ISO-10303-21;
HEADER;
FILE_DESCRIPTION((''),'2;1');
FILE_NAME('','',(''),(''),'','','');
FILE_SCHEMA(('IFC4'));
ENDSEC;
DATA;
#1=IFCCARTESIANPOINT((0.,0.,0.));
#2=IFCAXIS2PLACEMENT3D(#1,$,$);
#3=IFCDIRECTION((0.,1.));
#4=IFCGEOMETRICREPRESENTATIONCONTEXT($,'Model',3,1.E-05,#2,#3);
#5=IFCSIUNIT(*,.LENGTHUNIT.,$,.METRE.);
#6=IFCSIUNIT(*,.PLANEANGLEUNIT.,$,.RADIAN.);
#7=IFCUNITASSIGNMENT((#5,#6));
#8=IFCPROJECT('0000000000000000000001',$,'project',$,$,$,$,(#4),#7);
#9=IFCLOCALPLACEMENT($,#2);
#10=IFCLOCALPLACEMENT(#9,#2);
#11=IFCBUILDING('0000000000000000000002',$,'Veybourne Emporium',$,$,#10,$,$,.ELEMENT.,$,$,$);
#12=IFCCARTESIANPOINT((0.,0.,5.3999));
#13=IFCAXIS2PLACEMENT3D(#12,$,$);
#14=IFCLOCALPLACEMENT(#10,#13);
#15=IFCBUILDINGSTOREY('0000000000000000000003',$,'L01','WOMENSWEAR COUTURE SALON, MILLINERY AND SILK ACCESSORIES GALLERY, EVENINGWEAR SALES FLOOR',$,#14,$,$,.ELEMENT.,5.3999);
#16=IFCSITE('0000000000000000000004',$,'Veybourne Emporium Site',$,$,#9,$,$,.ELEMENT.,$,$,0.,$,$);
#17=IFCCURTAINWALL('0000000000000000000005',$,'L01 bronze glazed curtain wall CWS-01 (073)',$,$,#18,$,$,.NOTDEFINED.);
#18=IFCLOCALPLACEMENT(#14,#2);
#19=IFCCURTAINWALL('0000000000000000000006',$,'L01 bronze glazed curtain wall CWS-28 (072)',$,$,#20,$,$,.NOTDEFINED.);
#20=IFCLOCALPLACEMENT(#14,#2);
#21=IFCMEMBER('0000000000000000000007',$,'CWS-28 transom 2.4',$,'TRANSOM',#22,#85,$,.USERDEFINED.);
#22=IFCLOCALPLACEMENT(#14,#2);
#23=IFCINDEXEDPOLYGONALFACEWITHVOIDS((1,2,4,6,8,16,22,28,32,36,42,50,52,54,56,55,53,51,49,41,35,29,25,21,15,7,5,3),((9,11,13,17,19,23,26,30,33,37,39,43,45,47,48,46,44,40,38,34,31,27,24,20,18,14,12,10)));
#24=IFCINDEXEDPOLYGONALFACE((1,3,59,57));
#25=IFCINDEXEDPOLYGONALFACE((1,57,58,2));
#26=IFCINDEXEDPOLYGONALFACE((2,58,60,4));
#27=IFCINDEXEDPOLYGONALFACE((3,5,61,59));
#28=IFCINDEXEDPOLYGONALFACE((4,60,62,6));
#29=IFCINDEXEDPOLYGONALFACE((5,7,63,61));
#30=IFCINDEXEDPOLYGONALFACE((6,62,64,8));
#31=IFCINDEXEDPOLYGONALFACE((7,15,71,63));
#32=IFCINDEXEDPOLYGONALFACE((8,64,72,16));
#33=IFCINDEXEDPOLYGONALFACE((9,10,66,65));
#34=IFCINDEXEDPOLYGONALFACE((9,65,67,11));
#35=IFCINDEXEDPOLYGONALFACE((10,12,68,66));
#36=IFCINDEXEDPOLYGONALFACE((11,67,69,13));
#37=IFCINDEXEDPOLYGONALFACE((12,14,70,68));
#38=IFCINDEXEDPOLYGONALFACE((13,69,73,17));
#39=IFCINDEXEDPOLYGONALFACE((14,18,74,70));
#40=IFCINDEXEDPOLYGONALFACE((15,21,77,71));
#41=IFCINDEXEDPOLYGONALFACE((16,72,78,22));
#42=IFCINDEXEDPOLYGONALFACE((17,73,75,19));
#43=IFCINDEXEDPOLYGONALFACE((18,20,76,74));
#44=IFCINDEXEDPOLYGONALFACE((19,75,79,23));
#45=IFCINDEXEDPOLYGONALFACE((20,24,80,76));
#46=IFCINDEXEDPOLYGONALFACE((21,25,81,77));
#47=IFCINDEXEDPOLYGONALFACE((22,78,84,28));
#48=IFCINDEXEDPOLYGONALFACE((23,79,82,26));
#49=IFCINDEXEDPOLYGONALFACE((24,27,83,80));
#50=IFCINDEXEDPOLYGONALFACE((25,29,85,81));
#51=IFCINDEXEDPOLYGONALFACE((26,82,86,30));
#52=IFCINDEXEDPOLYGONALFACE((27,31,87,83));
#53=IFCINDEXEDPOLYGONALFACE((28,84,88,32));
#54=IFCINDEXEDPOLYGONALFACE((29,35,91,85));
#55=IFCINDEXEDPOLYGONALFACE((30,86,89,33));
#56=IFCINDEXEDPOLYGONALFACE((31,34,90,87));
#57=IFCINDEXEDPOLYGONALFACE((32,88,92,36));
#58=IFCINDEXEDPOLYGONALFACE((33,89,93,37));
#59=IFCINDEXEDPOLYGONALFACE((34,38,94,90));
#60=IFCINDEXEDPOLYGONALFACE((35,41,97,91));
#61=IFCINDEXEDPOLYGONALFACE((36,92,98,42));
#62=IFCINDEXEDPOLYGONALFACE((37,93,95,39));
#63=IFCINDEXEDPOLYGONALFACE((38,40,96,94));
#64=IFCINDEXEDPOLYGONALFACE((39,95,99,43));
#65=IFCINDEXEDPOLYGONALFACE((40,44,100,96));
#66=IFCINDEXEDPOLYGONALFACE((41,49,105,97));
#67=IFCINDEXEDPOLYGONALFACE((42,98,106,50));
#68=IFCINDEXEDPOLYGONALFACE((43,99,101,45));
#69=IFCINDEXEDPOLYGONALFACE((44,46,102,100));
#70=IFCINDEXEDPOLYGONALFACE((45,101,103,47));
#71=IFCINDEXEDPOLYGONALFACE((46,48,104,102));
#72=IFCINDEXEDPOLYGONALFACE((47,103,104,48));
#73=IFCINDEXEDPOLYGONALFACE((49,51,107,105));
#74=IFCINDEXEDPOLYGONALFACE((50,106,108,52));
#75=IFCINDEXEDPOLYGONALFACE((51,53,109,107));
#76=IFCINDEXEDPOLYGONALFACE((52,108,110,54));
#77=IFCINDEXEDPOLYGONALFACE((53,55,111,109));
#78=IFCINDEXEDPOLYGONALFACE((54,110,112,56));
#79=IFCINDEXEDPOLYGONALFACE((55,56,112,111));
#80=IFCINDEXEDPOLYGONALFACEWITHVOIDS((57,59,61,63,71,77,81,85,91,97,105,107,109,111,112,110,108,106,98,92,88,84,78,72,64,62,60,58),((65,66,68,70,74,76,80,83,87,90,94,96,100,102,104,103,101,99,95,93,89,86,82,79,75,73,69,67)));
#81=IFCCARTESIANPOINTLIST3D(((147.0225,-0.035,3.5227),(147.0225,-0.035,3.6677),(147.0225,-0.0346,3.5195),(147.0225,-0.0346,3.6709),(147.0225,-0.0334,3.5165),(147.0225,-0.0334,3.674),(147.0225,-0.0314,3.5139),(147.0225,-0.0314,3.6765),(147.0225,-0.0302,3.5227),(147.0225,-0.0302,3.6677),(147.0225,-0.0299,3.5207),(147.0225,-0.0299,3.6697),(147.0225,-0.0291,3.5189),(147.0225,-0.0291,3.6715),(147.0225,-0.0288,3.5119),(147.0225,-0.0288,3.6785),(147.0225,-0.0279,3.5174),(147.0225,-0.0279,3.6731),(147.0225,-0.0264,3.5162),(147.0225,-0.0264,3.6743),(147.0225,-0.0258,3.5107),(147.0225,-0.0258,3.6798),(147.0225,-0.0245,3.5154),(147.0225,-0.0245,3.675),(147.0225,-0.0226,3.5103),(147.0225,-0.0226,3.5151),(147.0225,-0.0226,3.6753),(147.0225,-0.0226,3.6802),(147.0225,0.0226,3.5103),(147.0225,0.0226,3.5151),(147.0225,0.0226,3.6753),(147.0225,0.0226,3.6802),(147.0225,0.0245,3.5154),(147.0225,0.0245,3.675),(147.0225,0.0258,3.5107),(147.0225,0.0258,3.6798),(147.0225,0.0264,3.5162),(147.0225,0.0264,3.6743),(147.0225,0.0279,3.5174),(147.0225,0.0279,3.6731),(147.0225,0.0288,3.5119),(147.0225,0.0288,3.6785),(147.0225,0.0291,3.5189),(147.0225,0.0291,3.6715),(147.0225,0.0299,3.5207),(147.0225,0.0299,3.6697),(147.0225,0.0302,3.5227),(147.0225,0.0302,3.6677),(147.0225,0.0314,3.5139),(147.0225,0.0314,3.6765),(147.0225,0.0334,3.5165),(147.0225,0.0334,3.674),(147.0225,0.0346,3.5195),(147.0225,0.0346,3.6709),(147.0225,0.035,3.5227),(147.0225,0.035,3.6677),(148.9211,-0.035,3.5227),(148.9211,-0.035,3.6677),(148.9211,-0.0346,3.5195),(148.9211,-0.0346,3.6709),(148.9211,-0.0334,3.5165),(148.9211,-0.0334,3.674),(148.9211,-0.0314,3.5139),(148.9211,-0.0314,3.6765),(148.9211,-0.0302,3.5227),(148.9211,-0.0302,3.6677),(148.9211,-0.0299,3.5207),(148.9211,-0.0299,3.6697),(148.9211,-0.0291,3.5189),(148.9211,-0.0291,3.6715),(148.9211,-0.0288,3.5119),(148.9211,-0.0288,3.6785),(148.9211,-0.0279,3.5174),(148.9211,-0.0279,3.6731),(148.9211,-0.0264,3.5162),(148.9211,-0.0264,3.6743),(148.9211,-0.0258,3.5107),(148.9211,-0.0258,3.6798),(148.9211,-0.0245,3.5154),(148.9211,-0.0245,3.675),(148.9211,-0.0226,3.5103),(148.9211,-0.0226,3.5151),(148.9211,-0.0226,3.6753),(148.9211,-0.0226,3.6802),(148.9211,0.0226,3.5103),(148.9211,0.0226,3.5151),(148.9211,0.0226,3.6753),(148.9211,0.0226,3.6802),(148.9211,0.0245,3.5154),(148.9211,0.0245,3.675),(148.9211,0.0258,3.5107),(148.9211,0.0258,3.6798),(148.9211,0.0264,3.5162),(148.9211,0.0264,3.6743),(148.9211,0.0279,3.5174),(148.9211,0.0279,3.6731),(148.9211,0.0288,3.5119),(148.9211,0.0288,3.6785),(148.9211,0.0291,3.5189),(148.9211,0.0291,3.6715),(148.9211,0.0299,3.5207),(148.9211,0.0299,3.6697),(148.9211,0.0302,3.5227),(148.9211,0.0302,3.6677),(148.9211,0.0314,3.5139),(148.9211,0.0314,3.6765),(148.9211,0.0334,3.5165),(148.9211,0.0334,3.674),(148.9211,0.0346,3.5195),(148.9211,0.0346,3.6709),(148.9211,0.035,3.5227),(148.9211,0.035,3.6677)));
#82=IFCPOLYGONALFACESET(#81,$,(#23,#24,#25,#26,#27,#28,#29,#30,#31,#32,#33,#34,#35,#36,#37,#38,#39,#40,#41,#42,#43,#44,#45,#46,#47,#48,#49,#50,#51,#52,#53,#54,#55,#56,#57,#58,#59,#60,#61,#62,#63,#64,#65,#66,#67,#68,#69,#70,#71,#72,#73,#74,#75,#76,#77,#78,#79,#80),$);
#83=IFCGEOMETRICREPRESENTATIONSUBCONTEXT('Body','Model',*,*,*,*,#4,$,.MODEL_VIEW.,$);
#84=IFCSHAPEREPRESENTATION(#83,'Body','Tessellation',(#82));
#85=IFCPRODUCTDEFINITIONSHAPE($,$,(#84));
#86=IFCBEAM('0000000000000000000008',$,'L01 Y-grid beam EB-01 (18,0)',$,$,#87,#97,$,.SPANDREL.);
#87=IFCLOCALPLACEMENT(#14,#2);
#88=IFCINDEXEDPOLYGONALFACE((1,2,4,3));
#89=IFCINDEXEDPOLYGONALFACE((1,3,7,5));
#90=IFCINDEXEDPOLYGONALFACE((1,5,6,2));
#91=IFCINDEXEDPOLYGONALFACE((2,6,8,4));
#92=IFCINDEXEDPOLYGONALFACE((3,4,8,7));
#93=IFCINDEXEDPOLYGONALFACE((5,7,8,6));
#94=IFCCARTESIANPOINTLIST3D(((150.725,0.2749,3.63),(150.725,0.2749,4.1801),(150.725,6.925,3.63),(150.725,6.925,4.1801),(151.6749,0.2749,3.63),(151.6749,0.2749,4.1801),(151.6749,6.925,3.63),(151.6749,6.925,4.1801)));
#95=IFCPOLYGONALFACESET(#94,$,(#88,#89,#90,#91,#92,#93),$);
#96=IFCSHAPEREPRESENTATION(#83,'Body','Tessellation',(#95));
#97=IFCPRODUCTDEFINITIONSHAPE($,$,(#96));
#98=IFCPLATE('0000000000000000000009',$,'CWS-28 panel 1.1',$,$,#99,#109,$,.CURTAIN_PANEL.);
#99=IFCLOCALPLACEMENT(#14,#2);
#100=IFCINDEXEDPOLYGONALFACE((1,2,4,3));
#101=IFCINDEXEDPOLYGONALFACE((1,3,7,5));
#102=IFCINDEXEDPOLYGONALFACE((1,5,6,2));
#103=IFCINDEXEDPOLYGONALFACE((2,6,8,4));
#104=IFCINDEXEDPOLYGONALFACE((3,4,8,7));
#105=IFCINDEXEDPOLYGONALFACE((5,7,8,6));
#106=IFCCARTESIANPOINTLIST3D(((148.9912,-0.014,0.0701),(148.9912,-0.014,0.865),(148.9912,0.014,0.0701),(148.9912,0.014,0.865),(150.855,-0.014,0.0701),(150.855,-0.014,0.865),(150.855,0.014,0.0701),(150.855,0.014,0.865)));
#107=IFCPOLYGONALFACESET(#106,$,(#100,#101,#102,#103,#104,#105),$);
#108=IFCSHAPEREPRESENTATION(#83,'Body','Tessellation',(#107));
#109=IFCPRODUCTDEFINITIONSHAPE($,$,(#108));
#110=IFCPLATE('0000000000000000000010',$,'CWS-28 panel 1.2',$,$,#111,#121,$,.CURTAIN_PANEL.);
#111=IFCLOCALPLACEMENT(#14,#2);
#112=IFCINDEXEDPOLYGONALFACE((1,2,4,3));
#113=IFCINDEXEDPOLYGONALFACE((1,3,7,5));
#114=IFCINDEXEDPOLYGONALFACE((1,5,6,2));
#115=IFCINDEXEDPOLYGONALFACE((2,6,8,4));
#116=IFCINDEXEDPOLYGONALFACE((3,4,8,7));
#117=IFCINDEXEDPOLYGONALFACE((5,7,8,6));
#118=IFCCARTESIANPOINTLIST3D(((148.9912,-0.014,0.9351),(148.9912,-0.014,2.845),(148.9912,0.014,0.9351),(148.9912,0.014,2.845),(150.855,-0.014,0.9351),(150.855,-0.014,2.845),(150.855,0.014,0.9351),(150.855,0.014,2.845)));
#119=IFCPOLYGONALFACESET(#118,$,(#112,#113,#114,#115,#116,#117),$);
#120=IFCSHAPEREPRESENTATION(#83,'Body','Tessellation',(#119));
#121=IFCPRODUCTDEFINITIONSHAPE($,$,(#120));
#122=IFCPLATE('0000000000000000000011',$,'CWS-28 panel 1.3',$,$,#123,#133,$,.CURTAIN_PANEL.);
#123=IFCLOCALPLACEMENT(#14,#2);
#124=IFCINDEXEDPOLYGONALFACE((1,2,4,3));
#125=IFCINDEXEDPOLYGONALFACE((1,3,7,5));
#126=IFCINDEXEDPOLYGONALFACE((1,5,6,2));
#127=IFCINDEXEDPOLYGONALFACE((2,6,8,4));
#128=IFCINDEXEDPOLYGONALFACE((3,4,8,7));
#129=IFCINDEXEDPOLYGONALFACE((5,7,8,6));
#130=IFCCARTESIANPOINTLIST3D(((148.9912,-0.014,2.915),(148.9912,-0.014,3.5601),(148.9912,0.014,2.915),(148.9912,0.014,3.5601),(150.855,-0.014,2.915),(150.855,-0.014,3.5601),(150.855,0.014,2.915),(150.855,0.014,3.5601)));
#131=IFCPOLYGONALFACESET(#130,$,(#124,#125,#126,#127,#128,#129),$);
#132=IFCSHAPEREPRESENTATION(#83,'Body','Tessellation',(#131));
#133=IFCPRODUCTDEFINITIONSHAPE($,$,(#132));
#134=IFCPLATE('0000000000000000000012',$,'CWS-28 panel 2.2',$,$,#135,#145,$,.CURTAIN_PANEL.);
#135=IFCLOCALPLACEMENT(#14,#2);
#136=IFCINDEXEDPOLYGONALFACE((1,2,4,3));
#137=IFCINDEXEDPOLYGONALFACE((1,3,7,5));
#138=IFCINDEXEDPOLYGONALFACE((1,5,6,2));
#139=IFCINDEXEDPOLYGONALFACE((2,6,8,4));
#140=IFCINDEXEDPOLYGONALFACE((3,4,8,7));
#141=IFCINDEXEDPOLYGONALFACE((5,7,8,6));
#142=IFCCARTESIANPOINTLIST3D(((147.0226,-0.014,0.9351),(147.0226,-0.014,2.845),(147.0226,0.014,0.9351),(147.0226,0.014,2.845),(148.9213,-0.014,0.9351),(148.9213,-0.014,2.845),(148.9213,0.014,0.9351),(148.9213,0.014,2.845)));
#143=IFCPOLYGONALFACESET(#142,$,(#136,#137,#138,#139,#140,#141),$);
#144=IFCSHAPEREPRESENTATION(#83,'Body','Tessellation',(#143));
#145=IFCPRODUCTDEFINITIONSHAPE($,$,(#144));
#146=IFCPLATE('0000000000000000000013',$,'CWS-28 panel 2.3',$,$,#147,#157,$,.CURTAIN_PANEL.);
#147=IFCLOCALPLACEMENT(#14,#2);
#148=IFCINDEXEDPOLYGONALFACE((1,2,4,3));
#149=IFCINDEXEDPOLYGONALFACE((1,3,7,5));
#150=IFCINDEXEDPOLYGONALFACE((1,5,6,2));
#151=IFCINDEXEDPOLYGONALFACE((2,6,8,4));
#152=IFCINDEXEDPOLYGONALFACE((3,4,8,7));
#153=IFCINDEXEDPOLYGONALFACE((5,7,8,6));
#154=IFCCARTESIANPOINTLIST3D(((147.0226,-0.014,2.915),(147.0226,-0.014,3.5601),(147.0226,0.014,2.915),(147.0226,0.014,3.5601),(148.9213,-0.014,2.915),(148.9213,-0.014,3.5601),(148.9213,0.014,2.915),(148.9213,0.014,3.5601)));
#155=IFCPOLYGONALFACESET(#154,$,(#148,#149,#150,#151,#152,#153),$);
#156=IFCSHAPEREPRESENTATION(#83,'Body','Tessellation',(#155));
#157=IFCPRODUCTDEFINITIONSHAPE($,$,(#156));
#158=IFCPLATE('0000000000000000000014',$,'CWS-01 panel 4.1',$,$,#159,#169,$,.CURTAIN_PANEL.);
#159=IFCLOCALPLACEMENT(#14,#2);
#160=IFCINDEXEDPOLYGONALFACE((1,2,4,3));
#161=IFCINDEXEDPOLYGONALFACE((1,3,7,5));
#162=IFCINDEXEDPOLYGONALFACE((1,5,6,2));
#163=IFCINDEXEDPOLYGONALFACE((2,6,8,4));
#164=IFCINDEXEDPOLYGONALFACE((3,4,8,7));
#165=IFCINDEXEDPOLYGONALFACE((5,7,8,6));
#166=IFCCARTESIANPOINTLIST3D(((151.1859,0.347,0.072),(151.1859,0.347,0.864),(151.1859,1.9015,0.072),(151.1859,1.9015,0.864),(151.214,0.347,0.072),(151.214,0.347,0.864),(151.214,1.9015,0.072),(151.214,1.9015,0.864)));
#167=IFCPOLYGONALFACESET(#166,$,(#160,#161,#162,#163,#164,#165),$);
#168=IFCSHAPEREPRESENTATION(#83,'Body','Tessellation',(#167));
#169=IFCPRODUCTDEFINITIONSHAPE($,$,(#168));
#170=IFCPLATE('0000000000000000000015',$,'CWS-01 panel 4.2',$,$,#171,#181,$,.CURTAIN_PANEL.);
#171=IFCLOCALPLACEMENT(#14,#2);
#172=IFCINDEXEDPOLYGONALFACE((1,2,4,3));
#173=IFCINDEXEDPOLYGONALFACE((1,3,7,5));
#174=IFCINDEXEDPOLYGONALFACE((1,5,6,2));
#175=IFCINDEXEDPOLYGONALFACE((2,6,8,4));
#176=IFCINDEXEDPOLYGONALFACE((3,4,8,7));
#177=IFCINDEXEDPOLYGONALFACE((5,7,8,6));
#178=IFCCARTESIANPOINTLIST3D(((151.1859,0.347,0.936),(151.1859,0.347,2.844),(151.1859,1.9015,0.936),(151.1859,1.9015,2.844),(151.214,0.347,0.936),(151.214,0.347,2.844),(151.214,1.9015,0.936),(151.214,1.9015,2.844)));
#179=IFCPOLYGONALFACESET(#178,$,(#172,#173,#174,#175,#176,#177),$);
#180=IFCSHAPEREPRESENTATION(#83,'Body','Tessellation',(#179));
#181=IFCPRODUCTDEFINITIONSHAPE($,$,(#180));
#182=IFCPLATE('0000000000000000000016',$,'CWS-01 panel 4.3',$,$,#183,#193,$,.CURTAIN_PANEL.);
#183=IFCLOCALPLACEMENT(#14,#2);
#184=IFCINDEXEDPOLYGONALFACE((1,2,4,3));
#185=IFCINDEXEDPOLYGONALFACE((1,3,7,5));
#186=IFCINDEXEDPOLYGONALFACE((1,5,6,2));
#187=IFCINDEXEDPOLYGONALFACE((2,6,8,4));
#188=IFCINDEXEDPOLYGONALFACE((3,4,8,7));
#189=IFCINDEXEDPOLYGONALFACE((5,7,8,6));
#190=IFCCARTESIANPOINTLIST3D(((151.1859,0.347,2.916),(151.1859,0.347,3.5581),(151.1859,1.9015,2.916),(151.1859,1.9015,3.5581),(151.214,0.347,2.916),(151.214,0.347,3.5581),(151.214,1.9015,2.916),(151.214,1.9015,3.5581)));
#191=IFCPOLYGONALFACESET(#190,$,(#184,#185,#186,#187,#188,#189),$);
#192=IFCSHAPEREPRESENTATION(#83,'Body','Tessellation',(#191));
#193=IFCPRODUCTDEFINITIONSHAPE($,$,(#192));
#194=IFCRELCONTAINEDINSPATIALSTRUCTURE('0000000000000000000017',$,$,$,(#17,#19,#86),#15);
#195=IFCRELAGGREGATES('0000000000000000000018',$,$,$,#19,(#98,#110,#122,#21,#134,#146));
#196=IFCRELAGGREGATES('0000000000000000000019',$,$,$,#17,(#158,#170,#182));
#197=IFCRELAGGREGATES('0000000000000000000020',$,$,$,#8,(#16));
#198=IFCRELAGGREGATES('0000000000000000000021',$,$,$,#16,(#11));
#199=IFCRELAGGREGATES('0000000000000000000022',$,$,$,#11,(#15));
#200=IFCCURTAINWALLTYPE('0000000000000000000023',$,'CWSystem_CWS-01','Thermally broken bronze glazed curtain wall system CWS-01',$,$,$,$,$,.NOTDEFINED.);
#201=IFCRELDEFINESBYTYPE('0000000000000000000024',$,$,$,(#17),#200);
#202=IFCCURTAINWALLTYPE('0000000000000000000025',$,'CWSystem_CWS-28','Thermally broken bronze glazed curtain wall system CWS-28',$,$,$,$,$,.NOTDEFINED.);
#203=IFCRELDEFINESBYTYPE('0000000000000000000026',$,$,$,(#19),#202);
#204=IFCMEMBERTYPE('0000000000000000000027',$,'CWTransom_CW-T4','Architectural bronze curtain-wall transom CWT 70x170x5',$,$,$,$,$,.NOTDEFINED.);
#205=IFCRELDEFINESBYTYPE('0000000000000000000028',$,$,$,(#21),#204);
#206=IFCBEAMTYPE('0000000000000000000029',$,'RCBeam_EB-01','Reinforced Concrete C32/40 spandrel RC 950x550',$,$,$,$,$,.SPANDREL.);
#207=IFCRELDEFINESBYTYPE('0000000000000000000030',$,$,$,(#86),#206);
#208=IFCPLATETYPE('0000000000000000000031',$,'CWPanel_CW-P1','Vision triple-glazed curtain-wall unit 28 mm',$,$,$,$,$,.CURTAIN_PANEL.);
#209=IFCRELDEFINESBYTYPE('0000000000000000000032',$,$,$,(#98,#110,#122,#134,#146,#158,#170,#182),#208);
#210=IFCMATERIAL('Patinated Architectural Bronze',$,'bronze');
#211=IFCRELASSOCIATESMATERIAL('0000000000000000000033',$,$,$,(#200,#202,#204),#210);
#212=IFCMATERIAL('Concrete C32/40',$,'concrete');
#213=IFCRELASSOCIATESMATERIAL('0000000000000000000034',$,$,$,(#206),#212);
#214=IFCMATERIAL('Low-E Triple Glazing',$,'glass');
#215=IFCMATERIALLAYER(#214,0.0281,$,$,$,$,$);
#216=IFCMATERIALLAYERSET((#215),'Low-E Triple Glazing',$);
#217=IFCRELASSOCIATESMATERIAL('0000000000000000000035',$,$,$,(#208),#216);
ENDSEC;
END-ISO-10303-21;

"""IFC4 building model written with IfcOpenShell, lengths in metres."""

from ifc_helpers import new_model, si_unit, direction, frame, origin, origin_2d, place, context, subcontext, project, spatial, rectangle, hollow_rectangle, extrude, material, layer, layer_set, material_profile, profile_set, type_object, element, aggregate, save


model = new_model("IFC4")

# Units and contexts
model_context = context("Model", 3, precision=1e-05, world=origin(), true_north=direction((0.0, 1.0)))
body_context = subcontext(model_context, "Body", "Model", "MODEL_VIEW")
ifc_project = project(units=[si_unit("LENGTHUNIT", "METRE"), si_unit("PLANEANGLEUNIT", "RADIAN")], contexts=[model_context])

# Site, building, storey
site_placement = place(None, origin())
site = spatial("IfcSite", under=ifc_project, at=site_placement, Name="Veybourne Emporium Site", CompositionType="ELEMENT", RefElevation=0.0)
building_placement = place(site_placement, origin())
building = spatial("IfcBuilding", under=site, at=building_placement, Name="Veybourne Emporium", CompositionType="ELEMENT")
storey_placement = place(building_placement, frame((0.0, 0.0, 5.3999)))
storey = spatial("IfcBuildingStorey", under=building, at=storey_placement, Name="L01", Description="WOMENSWEAR COUTURE SALON, MILLINERY AND SILK ACCESSORIES GALLERY, EVENINGWEAR SALES FLOOR", CompositionType="ELEMENT", Elevation=5.3999)

# Curtain wall
ifc_material_1 = material(Name="Patinated Architectural Bronze", Category="bronze")
curtain_wall_type_1 = type_object("IfcCurtainWallType", Name="CWSystem_CWS-01", Description="Thermally broken bronze glazed curtain wall system CWS-01", PredefinedType="NOTDEFINED", material=ifc_material_1)
curtain_wall_1_placement = place(storey_placement, origin())
curtain_wall_1 = element("IfcCurtainWall", 1, at=curtain_wall_1_placement, inside=storey, type_object=curtain_wall_type_1, Name="L01 bronze glazed curtain wall CWS-01 (073)", PredefinedType="NOTDEFINED")

# Curtain wall, member
curtain_wall_type_2 = type_object("IfcCurtainWallType", Name="CWSystem_CWS-28", Description="Thermally broken bronze glazed curtain wall system CWS-28", PredefinedType="NOTDEFINED", material=ifc_material_1)
curtain_wall_2_placement = place(storey_placement, origin())
curtain_wall_2 = element("IfcCurtainWall", 2, at=curtain_wall_2_placement, inside=storey, type_object=curtain_wall_type_2, Name="L01 bronze glazed curtain wall CWS-28 (072)", PredefinedType="NOTDEFINED")
ifc_material_profile_1 = material_profile(ifc_material_1, hollow_rectangle(XDim=0.0701, YDim=0.1699, WallThickness=0.0049, InnerFilletRadius=0.0076, OuterFilletRadius=0.0125, at=origin_2d()), Name="CWT 70x170x5")
ifc_profile_set_1 = profile_set([ifc_material_profile_1], Name="Patinated Architectural Bronze")
member_type_1 = type_object("IfcMemberType", Name="CWTransom_CW-T4", Description="Architectural bronze curtain-wall transom CWT 70x170x5", PredefinedType="NOTDEFINED", material=ifc_profile_set_1)
member_1_placement = place(storey_placement, frame((148.9211, 0.0, 3.5952), z_axis=(-1.0, 0.0, 0.0), x_axis=(0.0, -1.0, 0.0)))
member_1 = element("IfcMember", 3, at=member_1_placement, type_object=member_type_1, Name="CWS-28 transom 2.4", ObjectType="TRANSOM", PredefinedType="USERDEFINED", context=body_context, shape_type="SweptSolid", body=[
    extrude(hollow_rectangle(XDim=0.0701, YDim=0.1699, WallThickness=0.0049, InnerFilletRadius=0.0076, OuterFilletRadius=0.0125, at=origin_2d()), origin(), (0.0, 0.0, 1.0), 1.8987),
])

# Beam
ifc_material_2 = material(Name="Concrete C32/40", Category="concrete")
ifc_material_profile_2 = material_profile(ifc_material_2, rectangle(XDim=0.95, YDim=0.55, at=origin_2d()), Name="RC 950x550")
ifc_profile_set_2 = profile_set([ifc_material_profile_2], Name="Concrete C32/40")
beam_type = type_object("IfcBeamType", Name="RCBeam_EB-01", Description="Reinforced Concrete C32/40 spandrel RC 950x550", PredefinedType="SPANDREL", material=ifc_profile_set_2)
beam_placement = place(storey_placement, frame((151.2, 0.2749, 3.905), z_axis=(0.0, 1.0, 0.0), x_axis=(-1.0, 0.0, 0.0)))
element("IfcBeam", 4, at=beam_placement, inside=storey, type_object=beam_type, Name="L01 Y-grid beam EB-01 (18,0)", PredefinedType="SPANDREL", context=body_context, shape_type="SweptSolid", body=[
    extrude(rectangle(XDim=0.95, YDim=0.55, at=origin_2d()), origin(), (0.0, 0.0, 1.0), 6.6501),
])

# Plates
ifc_material_3 = material(Name="Low-E Triple Glazing", Category="glass")
ifc_layer = layer(ifc_material_3, 0.0281)
ifc_layer_set = layer_set([ifc_layer], Name="Low-E Triple Glazing")
plate_type = type_object("IfcPlateType", Name="CWPanel_CW-P1", Description="Vision triple-glazed curtain-wall unit 28 mm", PredefinedType="CURTAIN_PANEL", material=ifc_layer_set)
plate_1_placement = place(storey_placement, frame((149.9231, 0.0, 0.0701), z_axis=(0.0, 0.0, 1.0), x_axis=(-1.0, 0.0, 0.0)))
plate_1 = element("IfcPlate", 5, at=plate_1_placement, type_object=plate_type, Name="CWS-28 panel 1.1", PredefinedType="CURTAIN_PANEL", context=body_context, shape_type="SweptSolid", body=[
    extrude(rectangle(XDim=1.8638, YDim=0.0281, at=origin_2d()), origin(), (0.0, 0.0, 1.0), 0.7949),
])
plate_2_placement = place(storey_placement, frame((149.9231, 0.0, 0.9351), z_axis=(0.0, 0.0, 1.0), x_axis=(-1.0, 0.0, 0.0)))
plate_2 = element("IfcPlate", 6, at=plate_2_placement, type_object=plate_type, Name="CWS-28 panel 1.2", PredefinedType="CURTAIN_PANEL", context=body_context, shape_type="SweptSolid", body=[
    extrude(rectangle(XDim=1.8638, YDim=0.0281, at=origin_2d()), origin(), (0.0, 0.0, 1.0), 1.9099),
])
plate_3_placement = place(storey_placement, frame((149.9231, 0.0, 2.915), z_axis=(0.0, 0.0, 1.0), x_axis=(-1.0, 0.0, 0.0)))
plate_3 = element("IfcPlate", 7, at=plate_3_placement, type_object=plate_type, Name="CWS-28 panel 1.3", PredefinedType="CURTAIN_PANEL", context=body_context, shape_type="SweptSolid", body=[
    extrude(rectangle(XDim=1.8638, YDim=0.0281, at=origin_2d()), origin(), (0.0, 0.0, 1.0), 0.645),
])
plate_4_placement = place(storey_placement, frame((147.9719, 0.0, 0.9351), z_axis=(0.0, 0.0, 1.0), x_axis=(-1.0, 0.0, 0.0)))
plate_4 = element("IfcPlate", 8, at=plate_4_placement, type_object=plate_type, Name="CWS-28 panel 2.2", PredefinedType="CURTAIN_PANEL", context=body_context, shape_type="SweptSolid", body=[
    extrude(rectangle(XDim=1.8987, YDim=0.0281, at=origin_2d()), origin(), (0.0, 0.0, 1.0), 1.9099),
])
plate_5_placement = place(storey_placement, frame((147.9719, 0.0, 2.915), z_axis=(0.0, 0.0, 1.0), x_axis=(-1.0, 0.0, 0.0)))
plate_5 = element("IfcPlate", 9, at=plate_5_placement, type_object=plate_type, Name="CWS-28 panel 2.3", PredefinedType="CURTAIN_PANEL", context=body_context, shape_type="SweptSolid", body=[
    extrude(rectangle(XDim=1.8987, YDim=0.0281, at=origin_2d()), origin(), (0.0, 0.0, 1.0), 0.645),
])
aggregate(curtain_wall_2, [plate_1, plate_2, plate_3, member_1, plate_4, plate_5])
plate_6_placement = place(storey_placement, frame((151.2, 1.1243, 0.072), z_axis=(0.0, 0.0, 1.0), x_axis=(0.0, -1.0, 0.0)))
plate_6 = element("IfcPlate", 10, at=plate_6_placement, type_object=plate_type, Name="CWS-01 panel 4.1", PredefinedType="CURTAIN_PANEL", context=body_context, shape_type="SweptSolid", body=[
    extrude(rectangle(XDim=1.5544, YDim=0.0281, at=origin_2d()), origin(), (0.0, 0.0, 1.0), 0.792),
])
plate_7_placement = place(storey_placement, frame((151.2, 1.1243, 0.936), z_axis=(0.0, 0.0, 1.0), x_axis=(0.0, -1.0, 0.0)))
plate_7 = element("IfcPlate", 11, at=plate_7_placement, type_object=plate_type, Name="CWS-01 panel 4.2", PredefinedType="CURTAIN_PANEL", context=body_context, shape_type="SweptSolid", body=[
    extrude(rectangle(XDim=1.5544, YDim=0.0281, at=origin_2d()), origin(), (0.0, 0.0, 1.0), 1.908),
])
plate_8_placement = place(storey_placement, frame((151.2, 1.1243, 2.916), z_axis=(0.0, 0.0, 1.0), x_axis=(0.0, -1.0, 0.0)))
plate_8 = element("IfcPlate", 12, at=plate_8_placement, type_object=plate_type, Name="CWS-01 panel 4.3", PredefinedType="CURTAIN_PANEL", context=body_context, shape_type="SweptSolid", body=[
    extrude(rectangle(XDim=1.5544, YDim=0.0281, at=origin_2d()), origin(), (0.0, 0.0, 1.0), 0.6421),
])
aggregate(curtain_wall_1, [plate_6, plate_7, plate_8])

save(model, "model.ifc")
